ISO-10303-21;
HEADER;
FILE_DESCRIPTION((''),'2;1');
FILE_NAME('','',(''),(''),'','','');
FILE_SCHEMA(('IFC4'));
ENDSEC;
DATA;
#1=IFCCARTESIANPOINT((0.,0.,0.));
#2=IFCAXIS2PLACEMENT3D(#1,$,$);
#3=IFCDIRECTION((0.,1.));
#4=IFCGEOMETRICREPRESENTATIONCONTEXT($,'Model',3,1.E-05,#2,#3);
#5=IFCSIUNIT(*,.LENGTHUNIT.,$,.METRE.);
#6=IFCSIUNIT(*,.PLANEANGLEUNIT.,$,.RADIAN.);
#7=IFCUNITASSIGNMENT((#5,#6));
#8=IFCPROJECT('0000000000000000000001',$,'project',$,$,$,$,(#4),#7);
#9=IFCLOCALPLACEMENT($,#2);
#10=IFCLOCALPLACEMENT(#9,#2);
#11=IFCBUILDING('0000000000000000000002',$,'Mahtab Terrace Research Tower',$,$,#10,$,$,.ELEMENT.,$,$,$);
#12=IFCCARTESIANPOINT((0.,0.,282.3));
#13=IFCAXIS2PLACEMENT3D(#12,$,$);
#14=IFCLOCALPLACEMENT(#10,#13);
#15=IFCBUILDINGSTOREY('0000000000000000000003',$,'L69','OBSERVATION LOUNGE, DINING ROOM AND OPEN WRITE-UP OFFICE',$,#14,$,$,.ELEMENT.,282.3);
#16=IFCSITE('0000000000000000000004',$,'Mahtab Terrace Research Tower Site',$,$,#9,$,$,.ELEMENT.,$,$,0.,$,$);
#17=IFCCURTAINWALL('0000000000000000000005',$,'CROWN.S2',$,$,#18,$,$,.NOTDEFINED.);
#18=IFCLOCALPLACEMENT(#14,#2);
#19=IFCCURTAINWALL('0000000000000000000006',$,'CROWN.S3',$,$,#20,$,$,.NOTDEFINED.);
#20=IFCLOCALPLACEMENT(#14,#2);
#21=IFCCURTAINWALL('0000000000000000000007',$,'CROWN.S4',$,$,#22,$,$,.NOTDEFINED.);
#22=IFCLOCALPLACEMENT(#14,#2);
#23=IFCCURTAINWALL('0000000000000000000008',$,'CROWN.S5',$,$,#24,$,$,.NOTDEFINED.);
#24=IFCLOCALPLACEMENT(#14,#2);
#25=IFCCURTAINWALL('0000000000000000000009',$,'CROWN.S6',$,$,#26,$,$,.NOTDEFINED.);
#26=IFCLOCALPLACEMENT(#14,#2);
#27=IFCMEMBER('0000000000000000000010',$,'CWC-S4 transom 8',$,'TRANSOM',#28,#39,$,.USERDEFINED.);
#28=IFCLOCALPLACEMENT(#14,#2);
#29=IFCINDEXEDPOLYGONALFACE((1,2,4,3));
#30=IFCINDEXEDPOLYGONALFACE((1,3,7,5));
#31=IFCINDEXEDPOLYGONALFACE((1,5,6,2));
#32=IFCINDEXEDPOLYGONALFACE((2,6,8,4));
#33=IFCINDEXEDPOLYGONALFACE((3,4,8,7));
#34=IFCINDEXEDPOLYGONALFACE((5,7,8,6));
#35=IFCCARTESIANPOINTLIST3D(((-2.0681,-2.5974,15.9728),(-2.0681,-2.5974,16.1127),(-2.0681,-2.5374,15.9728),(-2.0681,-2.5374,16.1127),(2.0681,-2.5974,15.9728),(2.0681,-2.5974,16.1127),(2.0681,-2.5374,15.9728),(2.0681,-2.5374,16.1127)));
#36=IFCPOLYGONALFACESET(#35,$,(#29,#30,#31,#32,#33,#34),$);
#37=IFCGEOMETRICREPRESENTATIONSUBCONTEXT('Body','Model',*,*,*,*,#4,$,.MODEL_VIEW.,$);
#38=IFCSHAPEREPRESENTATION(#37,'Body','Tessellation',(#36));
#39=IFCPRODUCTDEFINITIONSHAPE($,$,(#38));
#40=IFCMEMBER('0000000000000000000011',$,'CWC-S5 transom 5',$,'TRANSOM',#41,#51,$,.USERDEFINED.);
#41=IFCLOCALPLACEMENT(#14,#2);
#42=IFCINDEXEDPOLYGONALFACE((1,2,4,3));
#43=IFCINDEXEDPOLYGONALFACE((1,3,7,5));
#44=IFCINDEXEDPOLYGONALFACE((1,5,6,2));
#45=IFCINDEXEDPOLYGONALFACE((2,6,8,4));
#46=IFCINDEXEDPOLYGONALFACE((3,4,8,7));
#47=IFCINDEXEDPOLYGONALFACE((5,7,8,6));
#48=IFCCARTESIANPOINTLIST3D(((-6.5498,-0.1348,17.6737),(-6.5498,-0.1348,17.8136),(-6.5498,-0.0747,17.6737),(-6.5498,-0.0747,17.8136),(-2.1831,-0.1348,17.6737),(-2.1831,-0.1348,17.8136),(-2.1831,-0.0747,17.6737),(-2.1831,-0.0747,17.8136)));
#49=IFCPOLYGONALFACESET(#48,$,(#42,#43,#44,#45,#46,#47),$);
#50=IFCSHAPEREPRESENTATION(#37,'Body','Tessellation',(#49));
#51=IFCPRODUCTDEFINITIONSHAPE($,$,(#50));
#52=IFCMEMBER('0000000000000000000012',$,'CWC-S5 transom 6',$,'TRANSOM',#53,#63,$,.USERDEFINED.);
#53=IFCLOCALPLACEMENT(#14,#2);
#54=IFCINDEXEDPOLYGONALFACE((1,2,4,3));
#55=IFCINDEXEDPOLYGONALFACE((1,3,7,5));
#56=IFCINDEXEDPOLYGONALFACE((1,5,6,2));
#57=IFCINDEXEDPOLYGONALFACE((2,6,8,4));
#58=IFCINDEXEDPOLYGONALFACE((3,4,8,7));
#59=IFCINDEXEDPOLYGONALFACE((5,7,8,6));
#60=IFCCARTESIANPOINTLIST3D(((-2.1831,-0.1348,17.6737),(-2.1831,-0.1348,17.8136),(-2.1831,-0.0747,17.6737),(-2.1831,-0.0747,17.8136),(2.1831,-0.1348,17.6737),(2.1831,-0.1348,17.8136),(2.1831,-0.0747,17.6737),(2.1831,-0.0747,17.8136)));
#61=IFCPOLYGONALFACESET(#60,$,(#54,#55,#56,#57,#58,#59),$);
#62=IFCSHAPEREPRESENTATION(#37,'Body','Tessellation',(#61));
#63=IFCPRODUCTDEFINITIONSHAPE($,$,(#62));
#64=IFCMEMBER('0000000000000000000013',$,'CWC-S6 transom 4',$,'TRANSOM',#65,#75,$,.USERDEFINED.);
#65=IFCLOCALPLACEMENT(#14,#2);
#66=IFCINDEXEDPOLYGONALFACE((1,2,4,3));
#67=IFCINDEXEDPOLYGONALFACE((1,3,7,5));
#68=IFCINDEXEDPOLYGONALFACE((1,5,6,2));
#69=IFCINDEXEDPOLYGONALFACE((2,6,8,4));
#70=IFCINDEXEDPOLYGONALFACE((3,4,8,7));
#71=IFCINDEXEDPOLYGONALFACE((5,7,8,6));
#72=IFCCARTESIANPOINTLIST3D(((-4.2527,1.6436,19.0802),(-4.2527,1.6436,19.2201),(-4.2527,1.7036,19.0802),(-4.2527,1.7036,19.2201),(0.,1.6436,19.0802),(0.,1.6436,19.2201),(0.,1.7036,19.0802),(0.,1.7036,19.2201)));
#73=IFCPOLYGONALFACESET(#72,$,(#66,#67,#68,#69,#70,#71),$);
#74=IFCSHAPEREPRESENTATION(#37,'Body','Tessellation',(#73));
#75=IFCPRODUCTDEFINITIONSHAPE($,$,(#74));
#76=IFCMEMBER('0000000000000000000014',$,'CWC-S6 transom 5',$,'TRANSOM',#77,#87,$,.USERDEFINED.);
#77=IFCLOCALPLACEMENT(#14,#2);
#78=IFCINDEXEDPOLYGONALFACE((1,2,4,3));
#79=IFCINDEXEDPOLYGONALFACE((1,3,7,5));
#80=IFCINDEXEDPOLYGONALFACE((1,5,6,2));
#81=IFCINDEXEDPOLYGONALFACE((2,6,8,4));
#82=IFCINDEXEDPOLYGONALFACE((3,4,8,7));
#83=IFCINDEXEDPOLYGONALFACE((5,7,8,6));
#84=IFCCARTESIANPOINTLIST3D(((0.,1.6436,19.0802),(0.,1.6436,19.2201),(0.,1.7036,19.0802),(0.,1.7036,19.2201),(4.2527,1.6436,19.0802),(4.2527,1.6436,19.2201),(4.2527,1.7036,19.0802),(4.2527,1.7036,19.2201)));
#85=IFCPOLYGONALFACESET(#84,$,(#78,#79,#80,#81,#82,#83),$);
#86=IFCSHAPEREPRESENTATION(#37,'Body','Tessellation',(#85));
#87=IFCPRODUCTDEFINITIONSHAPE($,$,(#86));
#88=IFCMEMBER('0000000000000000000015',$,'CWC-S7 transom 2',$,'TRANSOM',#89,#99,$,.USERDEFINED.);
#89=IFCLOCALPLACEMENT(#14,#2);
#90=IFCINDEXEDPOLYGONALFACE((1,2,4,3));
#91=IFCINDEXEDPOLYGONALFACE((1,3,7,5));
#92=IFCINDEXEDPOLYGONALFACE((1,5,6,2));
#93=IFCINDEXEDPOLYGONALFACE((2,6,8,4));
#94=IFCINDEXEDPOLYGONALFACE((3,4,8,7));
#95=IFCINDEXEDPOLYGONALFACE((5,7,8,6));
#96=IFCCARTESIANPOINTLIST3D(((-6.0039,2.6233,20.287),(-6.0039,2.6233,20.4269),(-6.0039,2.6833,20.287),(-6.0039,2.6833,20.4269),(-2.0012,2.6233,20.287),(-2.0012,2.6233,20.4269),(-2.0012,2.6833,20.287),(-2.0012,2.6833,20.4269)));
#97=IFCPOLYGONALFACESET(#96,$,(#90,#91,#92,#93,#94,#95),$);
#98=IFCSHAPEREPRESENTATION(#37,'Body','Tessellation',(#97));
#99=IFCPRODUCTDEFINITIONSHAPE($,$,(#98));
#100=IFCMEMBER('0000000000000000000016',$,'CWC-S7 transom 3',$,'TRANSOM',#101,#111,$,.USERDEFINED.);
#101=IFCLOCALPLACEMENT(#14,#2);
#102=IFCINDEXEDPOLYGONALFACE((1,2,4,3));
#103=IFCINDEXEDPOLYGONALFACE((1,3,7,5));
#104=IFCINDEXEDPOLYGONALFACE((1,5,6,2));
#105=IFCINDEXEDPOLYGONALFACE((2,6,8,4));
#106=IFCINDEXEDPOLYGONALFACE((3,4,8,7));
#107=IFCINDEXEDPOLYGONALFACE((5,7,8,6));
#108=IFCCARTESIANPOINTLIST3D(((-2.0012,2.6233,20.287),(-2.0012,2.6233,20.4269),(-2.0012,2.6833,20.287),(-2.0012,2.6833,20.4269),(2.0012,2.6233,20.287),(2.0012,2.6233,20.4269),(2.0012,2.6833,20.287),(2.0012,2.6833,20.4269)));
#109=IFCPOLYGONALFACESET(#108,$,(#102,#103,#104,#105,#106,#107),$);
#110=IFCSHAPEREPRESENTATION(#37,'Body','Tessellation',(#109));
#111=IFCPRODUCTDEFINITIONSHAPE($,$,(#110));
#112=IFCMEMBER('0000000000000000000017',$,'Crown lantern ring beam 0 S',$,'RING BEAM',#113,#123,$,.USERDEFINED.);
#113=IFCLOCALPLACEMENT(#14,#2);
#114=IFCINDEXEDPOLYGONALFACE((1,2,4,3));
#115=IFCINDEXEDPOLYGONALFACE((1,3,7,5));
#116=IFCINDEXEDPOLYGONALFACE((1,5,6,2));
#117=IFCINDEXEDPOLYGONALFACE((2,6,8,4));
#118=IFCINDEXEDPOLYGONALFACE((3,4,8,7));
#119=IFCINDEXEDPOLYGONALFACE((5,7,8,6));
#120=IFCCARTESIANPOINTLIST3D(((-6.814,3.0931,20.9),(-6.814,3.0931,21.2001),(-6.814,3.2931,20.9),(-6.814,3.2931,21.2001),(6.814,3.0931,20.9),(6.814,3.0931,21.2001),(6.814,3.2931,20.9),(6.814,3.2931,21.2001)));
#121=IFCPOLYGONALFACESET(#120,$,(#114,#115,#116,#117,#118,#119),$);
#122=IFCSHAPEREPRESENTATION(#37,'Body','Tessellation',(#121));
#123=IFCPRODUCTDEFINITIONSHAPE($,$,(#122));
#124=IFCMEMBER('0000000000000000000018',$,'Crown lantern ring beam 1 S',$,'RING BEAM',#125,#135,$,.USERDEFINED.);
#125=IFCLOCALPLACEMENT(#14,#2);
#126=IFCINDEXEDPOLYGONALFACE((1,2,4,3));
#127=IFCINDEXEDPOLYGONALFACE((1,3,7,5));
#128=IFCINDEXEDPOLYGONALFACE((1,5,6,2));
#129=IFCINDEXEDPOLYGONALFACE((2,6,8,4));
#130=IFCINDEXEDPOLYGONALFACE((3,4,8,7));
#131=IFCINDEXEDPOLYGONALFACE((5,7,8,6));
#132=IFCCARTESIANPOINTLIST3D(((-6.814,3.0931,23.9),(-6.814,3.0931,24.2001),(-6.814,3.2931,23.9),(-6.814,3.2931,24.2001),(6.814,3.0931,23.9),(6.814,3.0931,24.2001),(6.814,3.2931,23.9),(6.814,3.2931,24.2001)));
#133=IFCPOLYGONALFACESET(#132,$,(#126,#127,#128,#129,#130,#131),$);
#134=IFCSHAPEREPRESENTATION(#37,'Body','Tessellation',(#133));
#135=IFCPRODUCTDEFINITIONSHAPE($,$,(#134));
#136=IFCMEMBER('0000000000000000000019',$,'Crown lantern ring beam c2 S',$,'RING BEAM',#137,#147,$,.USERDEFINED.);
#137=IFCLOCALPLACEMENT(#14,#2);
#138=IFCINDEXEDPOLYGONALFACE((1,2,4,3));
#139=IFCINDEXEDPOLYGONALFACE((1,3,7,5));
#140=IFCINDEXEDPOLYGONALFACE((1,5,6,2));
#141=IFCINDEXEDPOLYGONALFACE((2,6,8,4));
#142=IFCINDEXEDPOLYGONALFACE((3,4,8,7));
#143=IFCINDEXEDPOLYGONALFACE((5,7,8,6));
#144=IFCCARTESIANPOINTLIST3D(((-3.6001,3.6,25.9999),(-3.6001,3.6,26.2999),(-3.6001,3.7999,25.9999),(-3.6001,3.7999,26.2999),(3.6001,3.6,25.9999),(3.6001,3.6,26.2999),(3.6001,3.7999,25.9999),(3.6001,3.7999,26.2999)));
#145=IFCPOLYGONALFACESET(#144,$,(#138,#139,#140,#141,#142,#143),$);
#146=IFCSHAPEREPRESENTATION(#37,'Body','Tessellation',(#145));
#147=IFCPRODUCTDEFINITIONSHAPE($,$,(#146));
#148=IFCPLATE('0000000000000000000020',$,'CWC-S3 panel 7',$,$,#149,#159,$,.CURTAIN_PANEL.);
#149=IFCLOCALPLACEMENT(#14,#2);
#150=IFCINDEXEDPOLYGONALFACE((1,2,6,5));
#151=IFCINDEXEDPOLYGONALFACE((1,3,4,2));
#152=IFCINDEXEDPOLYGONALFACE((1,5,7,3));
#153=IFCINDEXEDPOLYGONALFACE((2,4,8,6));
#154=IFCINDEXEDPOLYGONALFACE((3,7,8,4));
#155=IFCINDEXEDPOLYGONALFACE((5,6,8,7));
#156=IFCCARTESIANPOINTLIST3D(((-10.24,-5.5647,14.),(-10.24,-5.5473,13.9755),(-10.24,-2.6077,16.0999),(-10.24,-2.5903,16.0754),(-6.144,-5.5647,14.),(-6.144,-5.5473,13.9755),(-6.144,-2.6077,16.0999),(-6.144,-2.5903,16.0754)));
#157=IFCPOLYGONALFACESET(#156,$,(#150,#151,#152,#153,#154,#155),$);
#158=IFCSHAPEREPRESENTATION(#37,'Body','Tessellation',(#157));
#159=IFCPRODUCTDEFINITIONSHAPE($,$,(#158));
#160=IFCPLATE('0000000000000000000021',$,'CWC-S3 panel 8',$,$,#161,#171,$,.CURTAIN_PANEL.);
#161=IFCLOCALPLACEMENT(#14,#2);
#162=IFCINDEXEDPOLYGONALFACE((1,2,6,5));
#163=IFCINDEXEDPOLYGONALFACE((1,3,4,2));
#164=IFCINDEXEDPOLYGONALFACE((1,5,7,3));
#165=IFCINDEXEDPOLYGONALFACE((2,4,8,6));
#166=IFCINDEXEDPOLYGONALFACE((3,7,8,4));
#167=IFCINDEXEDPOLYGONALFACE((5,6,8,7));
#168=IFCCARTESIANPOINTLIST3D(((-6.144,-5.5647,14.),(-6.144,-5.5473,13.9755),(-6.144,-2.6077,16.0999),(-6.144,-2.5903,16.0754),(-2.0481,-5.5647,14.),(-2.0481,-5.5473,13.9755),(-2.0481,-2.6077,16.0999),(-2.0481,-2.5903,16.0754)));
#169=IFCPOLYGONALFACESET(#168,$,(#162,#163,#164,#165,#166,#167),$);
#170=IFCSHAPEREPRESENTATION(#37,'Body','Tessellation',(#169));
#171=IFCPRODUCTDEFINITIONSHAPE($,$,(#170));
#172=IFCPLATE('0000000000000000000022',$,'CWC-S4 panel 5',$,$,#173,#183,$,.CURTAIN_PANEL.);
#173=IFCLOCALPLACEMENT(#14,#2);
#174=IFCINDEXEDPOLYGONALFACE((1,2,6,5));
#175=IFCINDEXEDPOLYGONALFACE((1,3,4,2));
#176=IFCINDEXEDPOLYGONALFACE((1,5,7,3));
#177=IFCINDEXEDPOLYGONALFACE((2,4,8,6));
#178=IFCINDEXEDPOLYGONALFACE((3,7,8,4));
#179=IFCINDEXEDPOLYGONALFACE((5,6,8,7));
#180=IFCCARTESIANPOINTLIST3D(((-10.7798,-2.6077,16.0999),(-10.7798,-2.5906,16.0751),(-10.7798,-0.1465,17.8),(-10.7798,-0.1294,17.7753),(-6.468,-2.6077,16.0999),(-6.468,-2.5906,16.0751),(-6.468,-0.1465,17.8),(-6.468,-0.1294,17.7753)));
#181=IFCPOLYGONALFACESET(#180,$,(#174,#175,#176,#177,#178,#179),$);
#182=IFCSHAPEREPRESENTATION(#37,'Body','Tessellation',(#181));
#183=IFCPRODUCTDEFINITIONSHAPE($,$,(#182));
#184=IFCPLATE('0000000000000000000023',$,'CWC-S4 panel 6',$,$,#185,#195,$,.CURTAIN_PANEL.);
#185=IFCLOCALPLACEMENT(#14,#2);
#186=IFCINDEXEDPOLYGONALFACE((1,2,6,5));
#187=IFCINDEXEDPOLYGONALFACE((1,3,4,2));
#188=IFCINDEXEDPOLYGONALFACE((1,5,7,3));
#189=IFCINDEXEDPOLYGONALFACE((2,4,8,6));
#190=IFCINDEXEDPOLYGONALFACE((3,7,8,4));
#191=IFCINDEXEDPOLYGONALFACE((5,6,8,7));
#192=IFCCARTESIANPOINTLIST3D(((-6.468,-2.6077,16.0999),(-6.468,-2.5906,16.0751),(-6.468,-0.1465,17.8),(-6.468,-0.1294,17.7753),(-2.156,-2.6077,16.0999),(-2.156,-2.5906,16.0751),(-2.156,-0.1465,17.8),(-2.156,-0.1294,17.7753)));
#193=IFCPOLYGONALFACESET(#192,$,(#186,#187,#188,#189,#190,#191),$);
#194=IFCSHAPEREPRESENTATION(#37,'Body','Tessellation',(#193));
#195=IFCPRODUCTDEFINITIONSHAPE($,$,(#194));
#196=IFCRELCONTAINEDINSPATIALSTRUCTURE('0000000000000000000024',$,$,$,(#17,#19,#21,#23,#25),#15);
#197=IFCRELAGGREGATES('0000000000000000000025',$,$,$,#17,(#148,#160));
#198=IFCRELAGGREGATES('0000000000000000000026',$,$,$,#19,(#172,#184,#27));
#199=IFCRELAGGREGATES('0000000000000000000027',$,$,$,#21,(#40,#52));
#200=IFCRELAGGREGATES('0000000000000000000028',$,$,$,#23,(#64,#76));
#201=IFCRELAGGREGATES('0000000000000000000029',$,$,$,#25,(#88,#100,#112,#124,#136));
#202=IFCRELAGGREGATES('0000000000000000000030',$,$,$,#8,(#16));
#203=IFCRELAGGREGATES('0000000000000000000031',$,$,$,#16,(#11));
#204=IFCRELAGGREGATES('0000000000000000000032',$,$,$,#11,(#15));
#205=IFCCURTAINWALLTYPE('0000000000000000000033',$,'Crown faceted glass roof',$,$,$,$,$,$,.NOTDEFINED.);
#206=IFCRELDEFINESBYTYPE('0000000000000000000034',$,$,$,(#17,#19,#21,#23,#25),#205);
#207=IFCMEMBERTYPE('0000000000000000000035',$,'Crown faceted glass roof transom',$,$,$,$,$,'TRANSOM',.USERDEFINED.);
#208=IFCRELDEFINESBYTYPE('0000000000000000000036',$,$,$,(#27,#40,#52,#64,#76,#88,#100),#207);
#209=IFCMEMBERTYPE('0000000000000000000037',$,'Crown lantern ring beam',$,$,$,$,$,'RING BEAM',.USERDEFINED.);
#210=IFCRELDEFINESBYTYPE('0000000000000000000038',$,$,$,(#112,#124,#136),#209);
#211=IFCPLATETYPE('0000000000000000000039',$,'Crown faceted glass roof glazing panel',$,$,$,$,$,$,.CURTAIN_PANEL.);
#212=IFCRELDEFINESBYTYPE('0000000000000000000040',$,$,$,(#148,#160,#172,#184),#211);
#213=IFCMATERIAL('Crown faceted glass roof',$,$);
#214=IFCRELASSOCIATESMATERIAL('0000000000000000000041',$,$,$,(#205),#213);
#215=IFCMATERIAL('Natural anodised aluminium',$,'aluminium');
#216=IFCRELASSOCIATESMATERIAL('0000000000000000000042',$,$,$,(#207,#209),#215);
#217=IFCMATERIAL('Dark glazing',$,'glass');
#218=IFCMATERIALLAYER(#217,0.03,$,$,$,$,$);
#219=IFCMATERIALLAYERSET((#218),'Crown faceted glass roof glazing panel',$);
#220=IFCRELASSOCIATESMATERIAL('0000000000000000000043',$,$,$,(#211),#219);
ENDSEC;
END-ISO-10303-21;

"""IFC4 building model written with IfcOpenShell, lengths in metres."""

from ifc_helpers import new_model, si_unit, direction, frame, origin, origin_2d, place, context, subcontext, project, spatial, polyline, rectangle, outline, extrude, material, layer, layer_set, material_profile, profile_set, type_object, element, aggregate, save


model = new_model("IFC4")

# Units and contexts
model_context = context("Model", 3, precision=1e-05, world=origin(), true_north=direction((0.0, 1.0)))
body_context = subcontext(model_context, "Body", "Model", "MODEL_VIEW")
ifc_project = project(units=[si_unit("LENGTHUNIT", "METRE"), si_unit("PLANEANGLEUNIT", "RADIAN")], contexts=[model_context])

# Site, building, storey
site_placement = place(None, origin())
site = spatial("IfcSite", under=ifc_project, at=site_placement, Name="Mahtab Terrace Research Tower Site", CompositionType="ELEMENT", RefElevation=0.0)
building_placement = place(site_placement, origin())
building = spatial("IfcBuilding", under=site, at=building_placement, Name="Mahtab Terrace Research Tower", CompositionType="ELEMENT")
storey_placement = place(building_placement, frame((0.0, 0.0, 282.3)))
storey = spatial("IfcBuildingStorey", under=building, at=storey_placement, Name="L69", Description="OBSERVATION LOUNGE, DINING ROOM AND OPEN WRITE-UP OFFICE", CompositionType="ELEMENT", Elevation=282.3)

# Curtain walls
ifc_material_1 = material(Name="Crown faceted glass roof")
curtain_wall_type = type_object("IfcCurtainWallType", Name="Crown faceted glass roof", PredefinedType="NOTDEFINED", material=ifc_material_1)
curtain_wall_1_placement = place(storey_placement, origin())
curtain_wall_1 = element("IfcCurtainWall", 1, at=curtain_wall_1_placement, inside=storey, type_object=curtain_wall_type, Name="CROWN.S2", PredefinedType="NOTDEFINED")
ifc_material_2 = material(Name="Natural anodised aluminium", Category="aluminium")
curtain_wall_2_placement = place(storey_placement, origin())
curtain_wall_2 = element("IfcCurtainWall", 2, at=curtain_wall_2_placement, inside=storey, type_object=curtain_wall_type, Name="CROWN.S3", PredefinedType="NOTDEFINED")
curtain_wall_3_placement = place(storey_placement, origin())
curtain_wall_3 = element("IfcCurtainWall", 3, at=curtain_wall_3_placement, inside=storey, type_object=curtain_wall_type, Name="CROWN.S4", PredefinedType="NOTDEFINED")
curtain_wall_4_placement = place(storey_placement, origin())
curtain_wall_4 = element("IfcCurtainWall", 4, at=curtain_wall_4_placement, inside=storey, type_object=curtain_wall_type, Name="CROWN.S5", PredefinedType="NOTDEFINED")
curtain_wall_5_placement = place(storey_placement, origin())
curtain_wall_5 = element("IfcCurtainWall", 5, at=curtain_wall_5_placement, inside=storey, type_object=curtain_wall_type, Name="CROWN.S6", PredefinedType="NOTDEFINED")

# Members
ifc_material_profile_1 = material_profile(ifc_material_2, rectangle(XDim=0.0601, YDim=0.1399, at=origin_2d()), Name="TRANSOM 60x140")
ifc_profile_set_1 = profile_set([ifc_material_profile_1], Name="Natural anodised aluminium")
member_type_1 = type_object("IfcMemberType", Name="Crown faceted glass roof transom", ElementType="TRANSOM", PredefinedType="USERDEFINED", material=ifc_profile_set_1)
member_1_placement = place(storey_placement, frame((-2.0681, -2.5674, 16.0427), z_axis=(1.0, 0.0, 0.0), x_axis=(0.0, 1.0, 0.0)))
member_1 = element("IfcMember", 6, at=member_1_placement, type_object=member_type_1, Name="CWC-S4 transom 8", ObjectType="TRANSOM", PredefinedType="USERDEFINED", context=body_context, shape_type="SweptSolid", body=[
    extrude(rectangle(XDim=0.0601, YDim=0.1399, at=origin_2d()), origin(), (0.0, 0.0, 1.0), 4.1362),
])
member_2_placement = place(storey_placement, frame((-6.5498, -0.1047, 17.7437), z_axis=(1.0, 0.0, 0.0), x_axis=(0.0, 1.0, 0.0)))
member_2 = element("IfcMember", 7, at=member_2_placement, type_object=member_type_1, Name="CWC-S5 transom 5", ObjectType="TRANSOM", PredefinedType="USERDEFINED", context=body_context, shape_type="SweptSolid", body=[
    extrude(rectangle(XDim=0.0601, YDim=0.1399, at=origin_2d()), origin(), (0.0, 0.0, 1.0), 4.3667),
])
member_3_placement = place(storey_placement, frame((-2.1831, -0.1047, 17.7437), z_axis=(1.0, 0.0, 0.0), x_axis=(0.0, 1.0, 0.0)))
member_3 = element("IfcMember", 8, at=member_3_placement, type_object=member_type_1, Name="CWC-S5 transom 6", ObjectType="TRANSOM", PredefinedType="USERDEFINED", context=body_context, shape_type="SweptSolid", body=[
    extrude(rectangle(XDim=0.0601, YDim=0.1399, at=origin_2d()), origin(), (0.0, 0.0, 1.0), 4.3662),
])
member_4_placement = place(storey_placement, frame((-4.2527, 1.6736, 19.1501), z_axis=(1.0, 0.0, 0.0), x_axis=(0.0, 1.0, 0.0)))
member_4 = element("IfcMember", 9, at=member_4_placement, type_object=member_type_1, Name="CWC-S6 transom 4", ObjectType="TRANSOM", PredefinedType="USERDEFINED", context=body_context, shape_type="SweptSolid", body=[
    extrude(rectangle(XDim=0.0601, YDim=0.1399, at=origin_2d()), origin(), (0.0, 0.0, 1.0), 4.2527),
])
member_5_placement = place(storey_placement, frame((0.0, 1.6736, 19.1501), z_axis=(1.0, 0.0, 0.0), x_axis=(0.0, 1.0, 0.0)))
member_5 = element("IfcMember", 10, at=member_5_placement, type_object=member_type_1, Name="CWC-S6 transom 5", ObjectType="TRANSOM", PredefinedType="USERDEFINED", context=body_context, shape_type="SweptSolid", body=[
    extrude(rectangle(XDim=0.0601, YDim=0.1399, at=origin_2d()), origin(), (0.0, 0.0, 1.0), 4.2527),
])
member_6_placement = place(storey_placement, frame((-6.0039, 2.6533, 20.3569), z_axis=(1.0, 0.0, 0.0), x_axis=(0.0, 1.0, 0.0)))
member_6 = element("IfcMember", 11, at=member_6_placement, type_object=member_type_1, Name="CWC-S7 transom 2", ObjectType="TRANSOM", PredefinedType="USERDEFINED", context=body_context, shape_type="SweptSolid", body=[
    extrude(rectangle(XDim=0.0601, YDim=0.1399, at=origin_2d()), origin(), (0.0, 0.0, 1.0), 4.0027),
])
member_7_placement = place(storey_placement, frame((-2.0012, 2.6533, 20.3569), z_axis=(1.0, 0.0, 0.0), x_axis=(0.0, 1.0, 0.0)))
member_7 = element("IfcMember", 12, at=member_7_placement, type_object=member_type_1, Name="CWC-S7 transom 3", ObjectType="TRANSOM", PredefinedType="USERDEFINED", context=body_context, shape_type="SweptSolid", body=[
    extrude(rectangle(XDim=0.0601, YDim=0.1399, at=origin_2d()), origin(), (0.0, 0.0, 1.0), 4.0024),
])
ifc_material_profile_2 = material_profile(ifc_material_2, rectangle(XDim=0.2, YDim=0.3, at=origin_2d()), Name="RING BEAM 200x300")
ifc_profile_set_2 = profile_set([ifc_material_profile_2], Name="Natural anodised aluminium")
member_type_2 = type_object("IfcMemberType", Name="Crown lantern ring beam", ElementType="RING BEAM", PredefinedType="USERDEFINED", material=ifc_profile_set_2)
member_8_placement = place(storey_placement, frame((-6.814, 3.1931, 21.05), z_axis=(1.0, 0.0, 0.0), x_axis=(0.0, 1.0, 0.0)))
member_8 = element("IfcMember", 13, at=member_8_placement, type_object=member_type_2, Name="Crown lantern ring beam 0 S", ObjectType="RING BEAM", PredefinedType="USERDEFINED", context=body_context, shape_type="SweptSolid", body=[
    extrude(rectangle(XDim=0.2, YDim=0.3, at=origin_2d()), origin(), (0.0, 0.0, 1.0), 13.6279),
])
member_9_placement = place(storey_placement, frame((-6.814, 3.1931, 24.05), z_axis=(1.0, 0.0, 0.0), x_axis=(0.0, 1.0, 0.0)))
member_9 = element("IfcMember", 14, at=member_9_placement, type_object=member_type_2, Name="Crown lantern ring beam 1 S", ObjectType="RING BEAM", PredefinedType="USERDEFINED", context=body_context, shape_type="SweptSolid", body=[
    extrude(rectangle(XDim=0.2, YDim=0.3, at=origin_2d()), origin(), (0.0, 0.0, 1.0), 13.6279),
])
member_10_placement = place(storey_placement, frame((-3.6001, 3.7, 26.1499), z_axis=(1.0, 0.0, 0.0), x_axis=(0.0, 1.0, 0.0)))
member_10 = element("IfcMember", 15, at=member_10_placement, type_object=member_type_2, Name="Crown lantern ring beam c2 S", ObjectType="RING BEAM", PredefinedType="USERDEFINED", context=body_context, shape_type="SweptSolid", body=[
    extrude(rectangle(XDim=0.2, YDim=0.3, at=origin_2d()), origin(), (0.0, 0.0, 1.0), 7.2002),
])

# Plates
ifc_material_3 = material(Name="Dark glazing", Category="glass")
ifc_layer_1 = layer(ifc_material_3, 0.03)
ifc_layer_set_1 = layer_set([ifc_layer_1], Name="Crown faceted glass roof glazing panel")
plate_type_1 = type_object("IfcPlateType", Name="Crown faceted glass roof glazing panel", PredefinedType="CURTAIN_PANEL", material=ifc_layer_set_1)
plate_1_placement = place(storey_placement, frame((-6.144, -5.5647, 14.0), z_axis=(0.0, -0.578988, 0.815336), x_axis=(0.0, 0.815336, 0.578988)))
plate_1 = element("IfcPlate", 16, at=plate_1_placement, type_object=plate_type_1, Name="CWC-S3 panel 7", PredefinedType="CURTAIN_PANEL", context=body_context, shape_type="SweptSolid", body=[
    extrude(outline(polyline([(0.0, 0.0), (3.6268, 0.0), (3.6268, 4.0959), (0.0, 4.0959), (0.0, 0.0)])), origin(), (0.0, 0.0, -1.0), 0.03),
])
plate_2_placement = place(storey_placement, frame((-2.0481, -5.5647, 14.0), z_axis=(0.0, -0.578988, 0.815336), x_axis=(0.0, 0.815336, 0.578988)))
plate_2 = element("IfcPlate", 17, at=plate_2_placement, type_object=plate_type_1, Name="CWC-S3 panel 8", PredefinedType="CURTAIN_PANEL", context=body_context, shape_type="SweptSolid", body=[
    extrude(outline(polyline([(0.0, 0.0), (3.6268, 0.0), (3.6268, 4.0959), (0.0, 4.0959), (0.0, 0.0)])), origin(), (0.0, 0.0, -1.0), 0.03),
])
aggregate(curtain_wall_1, [plate_1, plate_2])
plate_3_placement = place(storey_placement, frame((-6.468, -2.6077, 16.0999), z_axis=(0.0, -0.568374, 0.822771), x_axis=(0.0, 0.822771, 0.568374)))
plate_3 = element("IfcPlate", 18, at=plate_3_placement, type_object=plate_type_1, Name="CWC-S4 panel 5", PredefinedType="CURTAIN_PANEL", context=body_context, shape_type="SweptSolid", body=[
    extrude(outline(polyline([(0.0, 0.0), (2.9913, 0.0), (2.9913, 4.3118), (0.0, 4.3118), (0.0, 0.0)])), origin(), (0.0, 0.0, -1.0), 0.03),
])
plate_4_placement = place(storey_placement, frame((-2.156, -2.6077, 16.0999), z_axis=(0.0, -0.568374, 0.822771), x_axis=(0.0, 0.822771, 0.568374)))
plate_4 = element("IfcPlate", 19, at=plate_4_placement, type_object=plate_type_1, Name="CWC-S4 panel 6", PredefinedType="CURTAIN_PANEL", context=body_context, shape_type="SweptSolid", body=[
    extrude(outline(polyline([(0.0, 0.0), (2.9913, 0.0), (2.9913, 4.312), (0.0, 4.312), (0.0, 0.0)])), origin(), (0.0, 0.0, -1.0), 0.03),
])
aggregate(curtain_wall_2, [plate_3, plate_4, member_1])
aggregate(curtain_wall_3, [member_2, member_3])
aggregate(curtain_wall_4, [member_4, member_5])
aggregate(curtain_wall_5, [member_6, member_7, member_8, member_9, member_10])

save(model, "model.ifc")
